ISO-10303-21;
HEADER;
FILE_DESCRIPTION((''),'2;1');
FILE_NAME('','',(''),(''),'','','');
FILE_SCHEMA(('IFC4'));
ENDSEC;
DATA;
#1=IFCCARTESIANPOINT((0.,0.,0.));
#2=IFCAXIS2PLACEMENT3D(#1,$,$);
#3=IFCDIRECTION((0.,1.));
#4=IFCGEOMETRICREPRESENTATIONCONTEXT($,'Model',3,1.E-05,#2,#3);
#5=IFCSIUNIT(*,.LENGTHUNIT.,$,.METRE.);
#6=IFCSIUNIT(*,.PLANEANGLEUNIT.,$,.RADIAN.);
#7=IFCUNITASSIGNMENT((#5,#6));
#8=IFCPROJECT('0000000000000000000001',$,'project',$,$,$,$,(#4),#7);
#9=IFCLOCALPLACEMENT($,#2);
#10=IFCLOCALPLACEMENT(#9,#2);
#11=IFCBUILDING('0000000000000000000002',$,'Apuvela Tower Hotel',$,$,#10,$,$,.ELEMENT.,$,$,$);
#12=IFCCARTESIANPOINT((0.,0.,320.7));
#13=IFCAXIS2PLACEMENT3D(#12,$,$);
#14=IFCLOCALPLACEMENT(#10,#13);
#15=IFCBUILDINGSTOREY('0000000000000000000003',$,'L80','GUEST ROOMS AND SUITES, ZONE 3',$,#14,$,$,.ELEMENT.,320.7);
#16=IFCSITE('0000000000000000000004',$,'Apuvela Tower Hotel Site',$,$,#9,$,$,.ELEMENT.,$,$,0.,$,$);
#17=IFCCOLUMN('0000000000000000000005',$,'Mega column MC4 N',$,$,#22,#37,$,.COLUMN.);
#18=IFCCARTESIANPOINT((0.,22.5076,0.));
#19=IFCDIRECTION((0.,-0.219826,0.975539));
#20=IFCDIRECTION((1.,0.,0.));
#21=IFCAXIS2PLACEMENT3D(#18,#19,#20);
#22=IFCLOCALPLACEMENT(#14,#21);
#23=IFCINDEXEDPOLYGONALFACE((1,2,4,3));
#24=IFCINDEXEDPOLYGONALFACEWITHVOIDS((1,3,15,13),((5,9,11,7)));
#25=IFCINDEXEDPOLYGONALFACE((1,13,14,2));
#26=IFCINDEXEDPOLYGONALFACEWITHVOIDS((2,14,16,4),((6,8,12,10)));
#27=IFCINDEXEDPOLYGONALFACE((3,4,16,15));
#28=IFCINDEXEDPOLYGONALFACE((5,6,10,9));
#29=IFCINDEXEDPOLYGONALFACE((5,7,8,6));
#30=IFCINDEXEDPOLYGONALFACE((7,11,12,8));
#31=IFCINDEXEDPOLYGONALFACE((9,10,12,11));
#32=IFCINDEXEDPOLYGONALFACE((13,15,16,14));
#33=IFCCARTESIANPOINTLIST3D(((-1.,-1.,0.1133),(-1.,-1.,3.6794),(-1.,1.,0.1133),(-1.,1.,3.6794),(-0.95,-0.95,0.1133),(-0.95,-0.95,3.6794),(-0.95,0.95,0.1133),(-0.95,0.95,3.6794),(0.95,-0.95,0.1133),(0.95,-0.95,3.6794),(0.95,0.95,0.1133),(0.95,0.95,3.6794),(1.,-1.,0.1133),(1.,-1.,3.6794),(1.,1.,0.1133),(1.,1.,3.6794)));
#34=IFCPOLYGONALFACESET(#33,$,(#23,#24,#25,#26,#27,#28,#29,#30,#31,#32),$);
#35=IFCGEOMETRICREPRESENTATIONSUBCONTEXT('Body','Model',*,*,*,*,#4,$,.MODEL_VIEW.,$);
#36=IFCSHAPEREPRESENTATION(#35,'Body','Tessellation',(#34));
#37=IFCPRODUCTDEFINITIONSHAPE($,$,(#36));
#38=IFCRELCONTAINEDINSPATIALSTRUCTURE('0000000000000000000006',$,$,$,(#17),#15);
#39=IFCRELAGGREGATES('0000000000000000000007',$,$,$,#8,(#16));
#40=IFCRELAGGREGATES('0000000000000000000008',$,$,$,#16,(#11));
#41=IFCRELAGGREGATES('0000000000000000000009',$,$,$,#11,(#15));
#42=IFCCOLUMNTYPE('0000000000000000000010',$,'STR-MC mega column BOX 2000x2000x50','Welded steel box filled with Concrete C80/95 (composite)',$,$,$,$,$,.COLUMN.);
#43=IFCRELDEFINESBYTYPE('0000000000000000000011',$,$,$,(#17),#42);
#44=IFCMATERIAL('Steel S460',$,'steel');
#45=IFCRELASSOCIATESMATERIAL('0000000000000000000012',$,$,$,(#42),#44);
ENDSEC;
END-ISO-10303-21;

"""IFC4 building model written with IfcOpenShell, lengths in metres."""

from ifc_helpers import new_model, si_unit, direction, frame, origin, origin_2d, place, context, subcontext, project, spatial, rectangle, hollow_rectangle, extrude, boolean, halfspace, material, material_profile, profile_set, type_object, element, save


model = new_model("IFC4")

# Units and contexts
model_context = context("Model", 3, precision=1e-05, world=origin(), true_north=direction((0.0, 1.0)))
body_context = subcontext(model_context, "Body", "Model", "MODEL_VIEW")
ifc_project = project(units=[si_unit("LENGTHUNIT", "METRE"), si_unit("PLANEANGLEUNIT", "RADIAN")], contexts=[model_context])

# Site, building, storey
site_placement = place(None, origin())
site = spatial("IfcSite", under=ifc_project, at=site_placement, Name="Apuvela Tower Hotel Site", CompositionType="ELEMENT", RefElevation=0.0)
building_placement = place(site_placement, origin())
building = spatial("IfcBuilding", under=site, at=building_placement, Name="Apuvela Tower Hotel", CompositionType="ELEMENT")
storey_placement = place(building_placement, frame((0.0, 0.0, 320.7)))
storey = spatial("IfcBuildingStorey", under=building, at=storey_placement, Name="L80", Description="GUEST ROOMS AND SUITES, ZONE 3", CompositionType="ELEMENT", Elevation=320.7)

# Column
ifc_material_1 = material(Name="Steel S460", Category="steel")
ifc_material_profile_1 = material_profile(ifc_material_1, hollow_rectangle(XDim=2.0, YDim=2.0, WallThickness=0.05, at=origin_2d()), Name="BOX 2000x2000x50")
ifc_material_2 = material(Name="Concrete C80/95", Category="concrete")
ifc_material_profile_2 = material_profile(ifc_material_2, rectangle(XDim=1.8999, YDim=1.8999, at=origin_2d()), Name="Concrete C80/95 infill")
ifc_profile_set_1 = profile_set([ifc_material_profile_1, ifc_material_profile_2], Name="Steel S460")
column_type_1 = type_object("IfcColumnType", Name="STR-MC mega column BOX 2000x2000x50", Description="Welded steel box filled with Concrete C80/95 (composite)", PredefinedType="COLUMN", material=ifc_profile_set_1)
column_1_placement = place(storey_placement, frame((0.0, 22.5076, 0.0), z_axis=(0.0, -0.219826, 0.975539), x_axis=(1.0, 0.0, 0.0)))
element("IfcColumn", 1, at=column_1_placement, inside=storey, type_object=column_type_1, Name="Mega column MC4 N", PredefinedType="COLUMN", context=body_context, shape_type="SweptSolid", body=[
    boolean("DIFFERENCE", boolean("DIFFERENCE", extrude(hollow_rectangle(XDim=2.0, YDim=2.0, WallThickness=0.05, at=origin_2d()), origin(), (0.0, 0.0, 1.0), 3.7927), halfspace(frame((0.0, 0.0, 0.1133), z_axis=(0.0, 0.0, 1.0), x_axis=(1.0, 0.0, 0.0)), True)), halfspace(frame((0.0, 0.0, 3.6794), z_axis=(0.0, 0.0, 1.0), x_axis=(1.0, 0.0, 0.0)), False)),
])

save(model, "model.ifc")
